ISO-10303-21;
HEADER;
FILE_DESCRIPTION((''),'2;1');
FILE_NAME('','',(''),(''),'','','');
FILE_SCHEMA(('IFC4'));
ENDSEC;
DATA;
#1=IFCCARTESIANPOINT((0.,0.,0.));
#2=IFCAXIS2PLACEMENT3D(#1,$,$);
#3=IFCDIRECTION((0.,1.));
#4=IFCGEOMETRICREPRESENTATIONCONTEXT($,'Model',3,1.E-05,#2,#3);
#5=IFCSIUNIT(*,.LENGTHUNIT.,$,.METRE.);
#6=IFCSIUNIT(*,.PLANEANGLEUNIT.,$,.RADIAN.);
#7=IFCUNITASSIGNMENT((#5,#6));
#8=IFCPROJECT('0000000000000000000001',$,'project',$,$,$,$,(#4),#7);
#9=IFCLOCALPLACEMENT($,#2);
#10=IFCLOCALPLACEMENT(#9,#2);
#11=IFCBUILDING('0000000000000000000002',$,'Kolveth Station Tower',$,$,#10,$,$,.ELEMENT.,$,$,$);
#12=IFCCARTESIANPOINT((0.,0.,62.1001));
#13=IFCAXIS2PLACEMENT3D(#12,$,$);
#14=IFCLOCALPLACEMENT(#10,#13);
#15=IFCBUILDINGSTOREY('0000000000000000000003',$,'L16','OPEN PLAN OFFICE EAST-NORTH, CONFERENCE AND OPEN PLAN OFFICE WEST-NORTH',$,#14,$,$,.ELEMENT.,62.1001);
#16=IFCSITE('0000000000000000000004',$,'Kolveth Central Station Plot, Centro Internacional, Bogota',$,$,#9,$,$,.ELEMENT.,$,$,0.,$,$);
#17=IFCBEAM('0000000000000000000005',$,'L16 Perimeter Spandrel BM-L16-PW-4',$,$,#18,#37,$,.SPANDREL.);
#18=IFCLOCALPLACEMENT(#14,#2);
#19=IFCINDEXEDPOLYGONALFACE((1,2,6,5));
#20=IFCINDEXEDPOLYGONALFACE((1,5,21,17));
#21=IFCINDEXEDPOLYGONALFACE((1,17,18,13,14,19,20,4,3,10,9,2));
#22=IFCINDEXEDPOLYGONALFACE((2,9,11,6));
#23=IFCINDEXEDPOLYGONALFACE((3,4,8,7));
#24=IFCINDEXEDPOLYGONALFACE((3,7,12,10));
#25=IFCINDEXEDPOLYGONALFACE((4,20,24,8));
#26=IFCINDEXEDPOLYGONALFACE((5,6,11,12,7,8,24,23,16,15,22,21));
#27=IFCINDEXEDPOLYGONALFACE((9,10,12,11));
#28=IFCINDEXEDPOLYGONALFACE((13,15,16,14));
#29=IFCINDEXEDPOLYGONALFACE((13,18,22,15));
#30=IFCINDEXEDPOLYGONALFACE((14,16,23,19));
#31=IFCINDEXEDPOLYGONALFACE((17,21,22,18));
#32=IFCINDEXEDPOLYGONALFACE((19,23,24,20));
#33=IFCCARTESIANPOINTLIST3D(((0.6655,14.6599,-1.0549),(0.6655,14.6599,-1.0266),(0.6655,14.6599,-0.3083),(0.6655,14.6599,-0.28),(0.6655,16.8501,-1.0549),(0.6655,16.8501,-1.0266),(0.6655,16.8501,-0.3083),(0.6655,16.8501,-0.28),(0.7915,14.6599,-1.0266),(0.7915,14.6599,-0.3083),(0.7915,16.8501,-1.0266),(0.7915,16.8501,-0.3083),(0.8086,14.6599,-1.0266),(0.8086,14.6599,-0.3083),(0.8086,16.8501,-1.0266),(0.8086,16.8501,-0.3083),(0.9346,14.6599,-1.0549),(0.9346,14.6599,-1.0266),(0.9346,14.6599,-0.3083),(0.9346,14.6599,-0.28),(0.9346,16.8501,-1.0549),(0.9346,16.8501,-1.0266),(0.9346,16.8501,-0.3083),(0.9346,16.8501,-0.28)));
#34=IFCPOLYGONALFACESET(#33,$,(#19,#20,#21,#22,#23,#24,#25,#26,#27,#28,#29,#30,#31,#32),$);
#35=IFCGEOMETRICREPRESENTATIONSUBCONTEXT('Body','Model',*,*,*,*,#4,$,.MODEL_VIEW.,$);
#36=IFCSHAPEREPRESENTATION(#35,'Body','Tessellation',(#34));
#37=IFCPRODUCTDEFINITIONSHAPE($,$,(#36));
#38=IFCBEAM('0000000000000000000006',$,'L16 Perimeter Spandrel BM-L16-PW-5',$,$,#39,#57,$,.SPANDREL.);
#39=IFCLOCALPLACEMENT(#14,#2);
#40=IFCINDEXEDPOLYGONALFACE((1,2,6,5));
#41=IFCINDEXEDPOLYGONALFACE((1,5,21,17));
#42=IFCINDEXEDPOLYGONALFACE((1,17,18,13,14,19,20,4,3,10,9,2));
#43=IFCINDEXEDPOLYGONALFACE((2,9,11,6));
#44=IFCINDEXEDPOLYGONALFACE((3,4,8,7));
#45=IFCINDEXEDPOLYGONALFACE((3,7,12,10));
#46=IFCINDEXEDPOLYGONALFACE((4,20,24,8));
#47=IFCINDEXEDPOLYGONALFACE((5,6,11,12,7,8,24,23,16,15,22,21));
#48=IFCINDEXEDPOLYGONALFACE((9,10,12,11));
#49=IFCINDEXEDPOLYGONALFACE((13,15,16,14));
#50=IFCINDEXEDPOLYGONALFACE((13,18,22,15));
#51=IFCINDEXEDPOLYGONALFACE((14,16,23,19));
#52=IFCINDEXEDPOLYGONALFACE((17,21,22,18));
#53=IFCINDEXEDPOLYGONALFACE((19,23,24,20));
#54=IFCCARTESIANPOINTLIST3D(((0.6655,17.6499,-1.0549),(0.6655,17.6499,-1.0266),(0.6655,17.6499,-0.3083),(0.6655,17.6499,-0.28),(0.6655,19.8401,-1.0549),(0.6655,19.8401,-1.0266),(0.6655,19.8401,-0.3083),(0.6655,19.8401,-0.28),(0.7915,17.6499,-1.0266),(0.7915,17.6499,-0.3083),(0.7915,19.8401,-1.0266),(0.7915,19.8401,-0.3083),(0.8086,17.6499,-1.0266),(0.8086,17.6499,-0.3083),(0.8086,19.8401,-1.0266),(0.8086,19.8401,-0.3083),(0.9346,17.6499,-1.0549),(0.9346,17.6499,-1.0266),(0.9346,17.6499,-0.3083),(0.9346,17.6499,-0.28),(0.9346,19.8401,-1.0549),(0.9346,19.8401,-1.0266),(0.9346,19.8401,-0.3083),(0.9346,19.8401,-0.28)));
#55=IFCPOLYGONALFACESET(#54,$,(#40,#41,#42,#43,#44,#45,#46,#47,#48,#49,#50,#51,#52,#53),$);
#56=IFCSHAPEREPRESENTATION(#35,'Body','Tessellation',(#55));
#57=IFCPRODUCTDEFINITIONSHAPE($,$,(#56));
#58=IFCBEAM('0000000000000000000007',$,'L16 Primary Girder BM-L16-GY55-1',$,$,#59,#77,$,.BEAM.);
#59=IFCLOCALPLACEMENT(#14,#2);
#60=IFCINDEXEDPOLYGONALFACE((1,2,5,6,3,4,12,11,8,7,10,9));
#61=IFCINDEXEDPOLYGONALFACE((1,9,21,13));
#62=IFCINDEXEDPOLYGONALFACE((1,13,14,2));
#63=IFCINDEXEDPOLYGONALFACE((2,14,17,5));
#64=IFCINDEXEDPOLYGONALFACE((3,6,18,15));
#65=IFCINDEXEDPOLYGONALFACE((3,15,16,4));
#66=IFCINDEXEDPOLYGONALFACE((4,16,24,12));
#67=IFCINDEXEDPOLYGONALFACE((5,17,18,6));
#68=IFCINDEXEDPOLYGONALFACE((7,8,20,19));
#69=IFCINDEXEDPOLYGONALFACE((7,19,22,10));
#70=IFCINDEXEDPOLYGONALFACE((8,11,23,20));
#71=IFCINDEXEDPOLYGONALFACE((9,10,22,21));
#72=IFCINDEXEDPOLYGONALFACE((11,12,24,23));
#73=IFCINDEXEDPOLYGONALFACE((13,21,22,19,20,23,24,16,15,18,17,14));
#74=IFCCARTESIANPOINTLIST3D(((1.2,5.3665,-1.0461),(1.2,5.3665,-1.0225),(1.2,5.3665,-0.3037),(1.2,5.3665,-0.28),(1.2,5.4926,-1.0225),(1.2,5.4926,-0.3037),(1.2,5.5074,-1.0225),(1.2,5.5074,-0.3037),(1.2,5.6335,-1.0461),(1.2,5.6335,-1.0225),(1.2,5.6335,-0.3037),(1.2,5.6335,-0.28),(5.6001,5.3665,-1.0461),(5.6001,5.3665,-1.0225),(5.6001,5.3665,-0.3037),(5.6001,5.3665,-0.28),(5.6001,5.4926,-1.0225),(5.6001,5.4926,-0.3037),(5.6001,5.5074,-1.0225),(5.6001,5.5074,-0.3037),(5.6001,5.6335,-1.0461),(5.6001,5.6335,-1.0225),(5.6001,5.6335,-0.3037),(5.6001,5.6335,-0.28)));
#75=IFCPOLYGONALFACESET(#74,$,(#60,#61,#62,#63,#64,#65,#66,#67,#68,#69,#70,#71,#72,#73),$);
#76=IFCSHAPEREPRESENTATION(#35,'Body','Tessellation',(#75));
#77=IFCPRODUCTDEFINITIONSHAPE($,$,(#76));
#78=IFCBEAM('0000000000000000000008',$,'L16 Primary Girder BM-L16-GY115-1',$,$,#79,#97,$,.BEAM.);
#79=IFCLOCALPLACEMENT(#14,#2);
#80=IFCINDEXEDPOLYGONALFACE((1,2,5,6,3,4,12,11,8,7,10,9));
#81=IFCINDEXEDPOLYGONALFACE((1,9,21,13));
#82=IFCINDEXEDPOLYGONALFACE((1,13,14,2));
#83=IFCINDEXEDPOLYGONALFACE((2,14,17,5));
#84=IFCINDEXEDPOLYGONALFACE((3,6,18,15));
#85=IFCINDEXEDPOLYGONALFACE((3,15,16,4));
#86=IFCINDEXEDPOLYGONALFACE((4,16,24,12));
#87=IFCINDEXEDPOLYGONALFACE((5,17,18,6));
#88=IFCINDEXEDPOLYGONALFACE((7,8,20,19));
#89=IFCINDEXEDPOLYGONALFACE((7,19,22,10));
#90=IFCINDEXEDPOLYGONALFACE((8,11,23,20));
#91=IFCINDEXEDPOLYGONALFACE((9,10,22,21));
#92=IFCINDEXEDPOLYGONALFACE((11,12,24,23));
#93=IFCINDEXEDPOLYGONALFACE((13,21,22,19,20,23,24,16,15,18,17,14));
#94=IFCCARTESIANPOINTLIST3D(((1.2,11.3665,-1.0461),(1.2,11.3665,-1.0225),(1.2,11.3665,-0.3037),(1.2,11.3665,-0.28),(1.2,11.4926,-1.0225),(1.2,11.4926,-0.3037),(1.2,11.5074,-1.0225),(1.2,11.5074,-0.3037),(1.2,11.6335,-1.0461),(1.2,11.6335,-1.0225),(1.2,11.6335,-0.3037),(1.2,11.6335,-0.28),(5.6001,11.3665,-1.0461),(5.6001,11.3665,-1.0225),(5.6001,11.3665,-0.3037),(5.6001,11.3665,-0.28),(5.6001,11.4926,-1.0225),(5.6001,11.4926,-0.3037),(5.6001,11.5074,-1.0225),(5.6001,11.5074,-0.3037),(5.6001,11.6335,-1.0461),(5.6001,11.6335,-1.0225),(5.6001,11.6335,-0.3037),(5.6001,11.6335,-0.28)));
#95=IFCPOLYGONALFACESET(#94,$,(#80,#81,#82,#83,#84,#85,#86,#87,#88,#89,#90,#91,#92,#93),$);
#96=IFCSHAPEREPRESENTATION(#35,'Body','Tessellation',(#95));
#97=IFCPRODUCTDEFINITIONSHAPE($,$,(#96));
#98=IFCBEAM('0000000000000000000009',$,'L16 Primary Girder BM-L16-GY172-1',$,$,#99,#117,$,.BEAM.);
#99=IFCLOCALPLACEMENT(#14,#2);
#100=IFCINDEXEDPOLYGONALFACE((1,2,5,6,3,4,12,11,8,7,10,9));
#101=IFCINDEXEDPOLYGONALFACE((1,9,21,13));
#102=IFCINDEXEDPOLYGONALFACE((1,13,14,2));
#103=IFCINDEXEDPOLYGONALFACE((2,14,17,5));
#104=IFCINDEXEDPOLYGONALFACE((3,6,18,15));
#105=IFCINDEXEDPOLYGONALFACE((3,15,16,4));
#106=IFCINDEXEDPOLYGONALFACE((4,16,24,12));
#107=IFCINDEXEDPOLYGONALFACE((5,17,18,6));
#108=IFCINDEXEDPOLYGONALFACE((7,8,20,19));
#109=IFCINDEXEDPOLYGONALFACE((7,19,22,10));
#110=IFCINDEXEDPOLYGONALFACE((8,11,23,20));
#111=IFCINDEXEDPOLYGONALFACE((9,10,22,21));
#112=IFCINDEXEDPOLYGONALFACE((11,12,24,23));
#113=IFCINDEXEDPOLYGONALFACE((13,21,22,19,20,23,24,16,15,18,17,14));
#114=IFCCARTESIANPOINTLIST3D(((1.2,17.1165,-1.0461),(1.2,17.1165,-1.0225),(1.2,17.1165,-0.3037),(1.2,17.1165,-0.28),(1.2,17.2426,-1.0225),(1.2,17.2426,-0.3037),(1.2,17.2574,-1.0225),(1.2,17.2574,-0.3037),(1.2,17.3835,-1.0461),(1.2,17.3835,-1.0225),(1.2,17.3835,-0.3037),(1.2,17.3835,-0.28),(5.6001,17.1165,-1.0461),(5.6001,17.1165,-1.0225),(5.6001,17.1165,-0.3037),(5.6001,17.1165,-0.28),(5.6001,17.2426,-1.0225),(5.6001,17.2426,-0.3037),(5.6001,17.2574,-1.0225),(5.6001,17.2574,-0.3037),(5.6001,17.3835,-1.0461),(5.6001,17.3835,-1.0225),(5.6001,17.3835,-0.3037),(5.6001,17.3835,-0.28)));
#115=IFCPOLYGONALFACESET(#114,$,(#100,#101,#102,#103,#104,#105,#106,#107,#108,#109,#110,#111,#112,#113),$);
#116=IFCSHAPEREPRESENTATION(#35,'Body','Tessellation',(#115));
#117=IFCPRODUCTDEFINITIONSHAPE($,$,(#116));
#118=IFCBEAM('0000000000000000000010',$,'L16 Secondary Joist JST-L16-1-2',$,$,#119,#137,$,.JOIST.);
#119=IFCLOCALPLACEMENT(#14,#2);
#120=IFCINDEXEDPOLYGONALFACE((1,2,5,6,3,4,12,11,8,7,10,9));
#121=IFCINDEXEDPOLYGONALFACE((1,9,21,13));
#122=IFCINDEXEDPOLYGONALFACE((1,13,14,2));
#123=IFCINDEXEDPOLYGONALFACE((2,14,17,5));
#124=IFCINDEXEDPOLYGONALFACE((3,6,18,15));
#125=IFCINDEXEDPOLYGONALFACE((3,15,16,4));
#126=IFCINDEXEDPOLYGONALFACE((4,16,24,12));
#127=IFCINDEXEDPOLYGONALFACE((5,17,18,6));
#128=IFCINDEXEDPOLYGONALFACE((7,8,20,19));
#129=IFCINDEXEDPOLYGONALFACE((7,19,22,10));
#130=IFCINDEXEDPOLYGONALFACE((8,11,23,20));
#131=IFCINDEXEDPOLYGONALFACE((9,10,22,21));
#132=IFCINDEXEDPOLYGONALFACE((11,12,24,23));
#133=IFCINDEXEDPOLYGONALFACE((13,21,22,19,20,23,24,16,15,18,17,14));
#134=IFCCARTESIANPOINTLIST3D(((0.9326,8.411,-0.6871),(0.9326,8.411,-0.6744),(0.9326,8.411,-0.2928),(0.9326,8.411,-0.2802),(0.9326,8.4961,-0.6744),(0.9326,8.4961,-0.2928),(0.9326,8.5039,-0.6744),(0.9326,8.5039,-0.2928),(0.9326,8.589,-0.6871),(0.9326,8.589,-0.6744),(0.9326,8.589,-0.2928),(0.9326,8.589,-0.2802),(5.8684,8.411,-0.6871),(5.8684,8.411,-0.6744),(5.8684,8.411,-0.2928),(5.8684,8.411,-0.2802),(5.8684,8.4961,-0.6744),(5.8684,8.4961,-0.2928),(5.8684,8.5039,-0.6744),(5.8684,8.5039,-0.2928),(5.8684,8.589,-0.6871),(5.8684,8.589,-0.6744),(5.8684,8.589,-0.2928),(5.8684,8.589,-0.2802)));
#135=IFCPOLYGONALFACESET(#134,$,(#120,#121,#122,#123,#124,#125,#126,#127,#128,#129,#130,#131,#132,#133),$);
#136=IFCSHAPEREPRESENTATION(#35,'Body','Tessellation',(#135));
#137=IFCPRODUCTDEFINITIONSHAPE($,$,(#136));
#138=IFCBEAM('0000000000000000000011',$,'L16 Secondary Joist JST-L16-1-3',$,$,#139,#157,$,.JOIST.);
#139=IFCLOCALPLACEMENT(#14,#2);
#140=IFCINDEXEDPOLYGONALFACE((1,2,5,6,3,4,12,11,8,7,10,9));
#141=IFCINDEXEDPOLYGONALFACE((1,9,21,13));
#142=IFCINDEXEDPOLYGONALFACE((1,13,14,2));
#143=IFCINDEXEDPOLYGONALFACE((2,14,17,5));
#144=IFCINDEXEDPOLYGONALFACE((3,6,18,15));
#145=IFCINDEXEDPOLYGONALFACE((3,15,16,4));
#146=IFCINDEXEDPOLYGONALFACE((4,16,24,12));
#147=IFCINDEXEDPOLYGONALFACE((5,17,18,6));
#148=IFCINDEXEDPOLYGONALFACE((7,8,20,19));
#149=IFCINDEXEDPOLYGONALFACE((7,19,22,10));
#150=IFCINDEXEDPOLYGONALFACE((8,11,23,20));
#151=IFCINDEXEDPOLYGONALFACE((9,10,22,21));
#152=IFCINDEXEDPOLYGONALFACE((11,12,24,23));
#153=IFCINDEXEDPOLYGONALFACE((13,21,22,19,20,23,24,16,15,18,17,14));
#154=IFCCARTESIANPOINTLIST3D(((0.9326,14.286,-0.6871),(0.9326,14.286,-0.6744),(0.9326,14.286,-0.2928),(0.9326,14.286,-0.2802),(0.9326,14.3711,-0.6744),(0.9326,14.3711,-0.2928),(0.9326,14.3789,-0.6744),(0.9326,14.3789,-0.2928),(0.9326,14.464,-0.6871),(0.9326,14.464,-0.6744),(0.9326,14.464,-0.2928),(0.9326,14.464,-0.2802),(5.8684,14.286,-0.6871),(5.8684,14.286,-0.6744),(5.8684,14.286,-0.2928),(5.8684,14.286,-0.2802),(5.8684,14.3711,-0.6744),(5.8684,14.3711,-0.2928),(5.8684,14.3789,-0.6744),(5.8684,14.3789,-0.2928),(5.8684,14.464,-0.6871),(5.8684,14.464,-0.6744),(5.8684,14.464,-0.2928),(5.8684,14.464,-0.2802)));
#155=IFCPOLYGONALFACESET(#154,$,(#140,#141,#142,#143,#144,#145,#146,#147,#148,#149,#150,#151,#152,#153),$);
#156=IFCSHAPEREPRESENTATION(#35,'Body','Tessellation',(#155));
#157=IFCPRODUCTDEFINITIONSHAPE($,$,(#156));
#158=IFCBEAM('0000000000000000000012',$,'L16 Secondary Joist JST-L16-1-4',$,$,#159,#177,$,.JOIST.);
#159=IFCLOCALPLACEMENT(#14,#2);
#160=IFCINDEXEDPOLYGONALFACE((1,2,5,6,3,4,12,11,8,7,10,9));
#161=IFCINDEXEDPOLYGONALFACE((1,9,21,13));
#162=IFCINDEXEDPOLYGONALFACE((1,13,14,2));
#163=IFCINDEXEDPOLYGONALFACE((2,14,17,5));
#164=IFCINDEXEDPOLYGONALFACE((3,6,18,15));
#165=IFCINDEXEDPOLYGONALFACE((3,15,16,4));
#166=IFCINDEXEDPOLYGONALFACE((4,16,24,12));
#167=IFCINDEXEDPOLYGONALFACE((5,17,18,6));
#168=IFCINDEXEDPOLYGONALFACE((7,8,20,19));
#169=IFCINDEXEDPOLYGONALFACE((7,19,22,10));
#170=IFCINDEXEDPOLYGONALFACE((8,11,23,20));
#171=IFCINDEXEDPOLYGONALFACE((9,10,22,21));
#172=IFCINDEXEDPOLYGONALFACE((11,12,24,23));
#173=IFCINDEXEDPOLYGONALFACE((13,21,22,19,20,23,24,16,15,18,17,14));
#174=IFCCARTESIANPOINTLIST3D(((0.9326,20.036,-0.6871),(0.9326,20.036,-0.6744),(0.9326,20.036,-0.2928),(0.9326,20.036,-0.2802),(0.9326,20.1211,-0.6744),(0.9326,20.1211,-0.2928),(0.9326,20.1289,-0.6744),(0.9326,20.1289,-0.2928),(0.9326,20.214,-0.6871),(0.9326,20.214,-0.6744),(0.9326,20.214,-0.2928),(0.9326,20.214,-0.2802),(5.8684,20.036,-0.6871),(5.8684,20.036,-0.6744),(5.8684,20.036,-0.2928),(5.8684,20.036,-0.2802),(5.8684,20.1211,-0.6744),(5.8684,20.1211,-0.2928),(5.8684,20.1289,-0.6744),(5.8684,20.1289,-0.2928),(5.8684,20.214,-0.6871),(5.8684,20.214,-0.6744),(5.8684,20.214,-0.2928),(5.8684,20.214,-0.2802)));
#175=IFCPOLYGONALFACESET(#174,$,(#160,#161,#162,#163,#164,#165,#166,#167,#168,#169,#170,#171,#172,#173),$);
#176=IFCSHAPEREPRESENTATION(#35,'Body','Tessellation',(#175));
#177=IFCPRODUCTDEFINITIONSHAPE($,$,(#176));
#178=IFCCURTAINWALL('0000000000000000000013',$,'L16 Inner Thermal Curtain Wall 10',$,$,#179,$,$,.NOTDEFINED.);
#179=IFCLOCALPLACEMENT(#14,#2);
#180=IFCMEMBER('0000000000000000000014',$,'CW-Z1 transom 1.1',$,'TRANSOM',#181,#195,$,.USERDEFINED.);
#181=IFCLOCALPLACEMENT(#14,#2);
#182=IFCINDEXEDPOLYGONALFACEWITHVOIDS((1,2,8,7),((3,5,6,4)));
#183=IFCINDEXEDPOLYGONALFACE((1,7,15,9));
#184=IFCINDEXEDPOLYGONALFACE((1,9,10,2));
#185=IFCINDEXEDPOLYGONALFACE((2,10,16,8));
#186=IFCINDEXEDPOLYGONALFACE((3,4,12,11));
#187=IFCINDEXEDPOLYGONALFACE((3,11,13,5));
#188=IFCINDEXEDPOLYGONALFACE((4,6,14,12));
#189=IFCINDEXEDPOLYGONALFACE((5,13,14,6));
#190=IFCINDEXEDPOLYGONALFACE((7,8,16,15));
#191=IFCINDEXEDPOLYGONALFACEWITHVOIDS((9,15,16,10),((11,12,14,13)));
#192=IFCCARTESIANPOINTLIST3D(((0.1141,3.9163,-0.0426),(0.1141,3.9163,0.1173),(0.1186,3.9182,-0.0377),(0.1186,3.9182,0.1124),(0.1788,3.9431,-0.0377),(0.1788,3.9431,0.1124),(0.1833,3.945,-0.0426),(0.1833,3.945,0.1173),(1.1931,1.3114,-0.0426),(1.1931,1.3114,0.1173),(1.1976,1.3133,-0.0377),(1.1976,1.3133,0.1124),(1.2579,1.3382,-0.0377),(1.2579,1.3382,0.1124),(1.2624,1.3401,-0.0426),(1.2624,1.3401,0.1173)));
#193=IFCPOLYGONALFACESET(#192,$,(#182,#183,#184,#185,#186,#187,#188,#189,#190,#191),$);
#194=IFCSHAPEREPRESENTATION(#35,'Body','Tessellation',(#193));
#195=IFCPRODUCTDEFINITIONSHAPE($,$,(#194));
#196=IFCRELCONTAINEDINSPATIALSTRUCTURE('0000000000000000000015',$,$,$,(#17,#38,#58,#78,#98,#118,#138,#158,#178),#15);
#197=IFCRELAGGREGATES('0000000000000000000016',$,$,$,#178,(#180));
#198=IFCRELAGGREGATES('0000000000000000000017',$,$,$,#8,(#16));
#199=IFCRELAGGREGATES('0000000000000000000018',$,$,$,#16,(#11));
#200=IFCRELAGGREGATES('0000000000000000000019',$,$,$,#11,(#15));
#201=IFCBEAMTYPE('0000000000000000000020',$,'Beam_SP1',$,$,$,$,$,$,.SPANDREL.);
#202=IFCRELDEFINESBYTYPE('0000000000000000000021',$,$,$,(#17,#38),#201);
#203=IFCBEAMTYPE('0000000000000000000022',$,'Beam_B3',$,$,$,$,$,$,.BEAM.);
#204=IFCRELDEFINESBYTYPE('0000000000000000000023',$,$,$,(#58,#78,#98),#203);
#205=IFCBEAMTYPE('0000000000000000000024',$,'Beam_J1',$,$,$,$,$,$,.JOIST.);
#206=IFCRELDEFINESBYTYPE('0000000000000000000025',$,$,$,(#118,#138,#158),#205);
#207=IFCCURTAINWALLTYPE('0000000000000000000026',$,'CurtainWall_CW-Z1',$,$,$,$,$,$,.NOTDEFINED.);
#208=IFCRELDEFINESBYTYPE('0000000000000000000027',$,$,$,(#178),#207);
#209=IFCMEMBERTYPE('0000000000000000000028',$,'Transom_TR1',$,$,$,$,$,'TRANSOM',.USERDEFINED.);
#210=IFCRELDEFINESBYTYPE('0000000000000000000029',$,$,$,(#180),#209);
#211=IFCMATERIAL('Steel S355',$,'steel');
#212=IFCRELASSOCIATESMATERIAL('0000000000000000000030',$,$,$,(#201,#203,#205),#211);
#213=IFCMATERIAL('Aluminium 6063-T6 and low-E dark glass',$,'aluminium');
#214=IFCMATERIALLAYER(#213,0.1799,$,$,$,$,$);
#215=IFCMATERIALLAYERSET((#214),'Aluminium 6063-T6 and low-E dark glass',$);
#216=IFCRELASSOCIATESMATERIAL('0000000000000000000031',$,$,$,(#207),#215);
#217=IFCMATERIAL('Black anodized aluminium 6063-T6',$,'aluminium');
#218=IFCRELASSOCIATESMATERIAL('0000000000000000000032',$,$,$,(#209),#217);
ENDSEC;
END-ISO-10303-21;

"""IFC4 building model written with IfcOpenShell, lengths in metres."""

from ifc_helpers import new_model, si_unit, direction, frame, origin, origin_2d, place, context, subcontext, project, spatial, hollow_rectangle, i_section, extrude, source, transform, mapped, material, layer, layer_set, material_profile, profile_set, type_object, element, aggregate, save


model = new_model("IFC4")

# Units and contexts
model_context = context("Model", 3, precision=1e-05, world=origin(), true_north=direction((0.0, 1.0)))
body_context = subcontext(model_context, "Body", "Model", "MODEL_VIEW")
ifc_project = project(units=[si_unit("LENGTHUNIT", "METRE"), si_unit("PLANEANGLEUNIT", "RADIAN")], contexts=[model_context])

# Site, building, storey
site_placement = place(None, origin())
site = spatial("IfcSite", under=ifc_project, at=site_placement, Name="Kolveth Central Station Plot, Centro Internacional, Bogota", CompositionType="ELEMENT", RefElevation=0.0)
building_placement = place(site_placement, origin())
building = spatial("IfcBuilding", under=site, at=building_placement, Name="Kolveth Station Tower", CompositionType="ELEMENT")
storey_placement = place(building_placement, frame((0.0, 0.0, 62.1001)))
storey = spatial("IfcBuildingStorey", under=building, at=storey_placement, Name="L16", Description="OPEN PLAN OFFICE EAST-NORTH, CONFERENCE AND OPEN PLAN OFFICE WEST-NORTH", CompositionType="ELEMENT", Elevation=62.1001)

# Shared definitions
ifc_material_1 = material(Name="Steel S355", Category="steel")

# Beams
ifc_material_profile_1 = material_profile(ifc_material_1, i_section(OverallWidth=0.269, OverallDepth=0.7749, WebThickness=0.0171, FlangeThickness=0.0283, at=origin_2d()), Name="W760x220")
ifc_profile_set_1 = profile_set([ifc_material_profile_1], Name="Steel S355")
beam_type_1 = type_object("IfcBeamType", Name="Beam_SP1", PredefinedType="SPANDREL", material=ifc_profile_set_1)
shared_shape_1 = source(origin(), body_context, "Body", "SweptSolid", [
    extrude(i_section(OverallWidth=0.269, OverallDepth=0.7749, WebThickness=0.0171, FlangeThickness=0.0283, at=origin_2d()), origin(), (0.0, 0.0, 1.0), 2.1902),
])
for number, where, z_axis, x_axis, name in (
    (1, (0.8, 14.6599, -0.6675), (0.0, 1.0, 0.0), (-1.0, 0.0, 0.0), "L16 Perimeter Spandrel BM-L16-PW-4"),
    (2, (0.8, 17.6499, -0.6675), (0.0, 1.0, 0.0), (-1.0, 0.0, 0.0), "L16 Perimeter Spandrel BM-L16-PW-5"),
):
    element("IfcBeam", number, at=place(storey_placement, frame(where, z_axis=z_axis, x_axis=x_axis)), inside=storey, type_object=beam_type_1, Name=name, PredefinedType="SPANDREL", context=body_context, shape_type="MappedRepresentation", body=[
        mapped(shared_shape_1, transform((0.0, 0.0, 0.0), x_axis=(1.0, 0.0, 0.0), y_axis=(0.0, 1.0, 0.0), z_axis=(0.0, 0.0, 1.0), scale=1.0)),
    ])
ifc_material_profile_2 = material_profile(ifc_material_1, i_section(OverallWidth=0.2671, OverallDepth=0.7661, WebThickness=0.0149, FlangeThickness=0.0237, at=origin_2d()), Name="W760x185")
ifc_profile_set_2 = profile_set([ifc_material_profile_2], Name="Steel S355")
beam_type_2 = type_object("IfcBeamType", Name="Beam_B3", PredefinedType="BEAM", material=ifc_profile_set_2)
shared_shape_2 = source(origin(), body_context, "Body", "SweptSolid", [
    extrude(i_section(OverallWidth=0.2671, OverallDepth=0.7661, WebThickness=0.0149, FlangeThickness=0.0237, at=origin_2d()), origin(), (0.0, 0.0, 1.0), 4.4001),
])
for number, where, z_axis, x_axis, name in (
    (3, (1.2, 5.5, -0.6631), (1.0, 0.0, 0.0), (0.0, 1.0, 0.0), "L16 Primary Girder BM-L16-GY55-1"),
    (4, (1.2, 11.5, -0.6631), (1.0, 0.0, 0.0), (0.0, 1.0, 0.0), "L16 Primary Girder BM-L16-GY115-1"),
    (5, (1.2, 17.25, -0.6631), (1.0, 0.0, 0.0), (0.0, 1.0, 0.0), "L16 Primary Girder BM-L16-GY172-1"),
):
    element("IfcBeam", number, at=place(storey_placement, frame(where, z_axis=z_axis, x_axis=x_axis)), inside=storey, type_object=beam_type_2, Name=name, PredefinedType="BEAM", context=body_context, shape_type="MappedRepresentation", body=[
        mapped(shared_shape_2, transform((0.0, 0.0, 0.0), x_axis=(1.0, 0.0, 0.0), y_axis=(0.0, 1.0, 0.0), z_axis=(0.0, 0.0, 1.0), scale=1.0)),
    ])
ifc_material_profile_3 = material_profile(ifc_material_1, i_section(OverallWidth=0.178, OverallDepth=0.407, WebThickness=0.0078, FlangeThickness=0.0127, at=origin_2d()), Name="W410x60")
ifc_profile_set_3 = profile_set([ifc_material_profile_3], Name="Steel S355")
beam_type_3 = type_object("IfcBeamType", Name="Beam_J1", PredefinedType="JOIST", material=ifc_profile_set_3)
shared_shape_3 = source(origin(), body_context, "Body", "SweptSolid", [
    extrude(i_section(OverallWidth=0.178, OverallDepth=0.407, WebThickness=0.0078, FlangeThickness=0.0127, at=origin_2d()), origin(), (0.0, 0.0, 1.0), 4.9358),
])
for number, where, z_axis, x_axis, name in (
    (6, (0.9326, 8.5, -0.4836), (1.0, 0.0, 0.0), (0.0, 1.0, 0.0), "L16 Secondary Joist JST-L16-1-2"),
    (7, (0.9326, 14.375, -0.4836), (1.0, 0.0, 0.0), (0.0, 1.0, 0.0), "L16 Secondary Joist JST-L16-1-3"),
    (8, (0.9326, 20.125, -0.4836), (1.0, 0.0, 0.0), (0.0, 1.0, 0.0), "L16 Secondary Joist JST-L16-1-4"),
):
    element("IfcBeam", number, at=place(storey_placement, frame(where, z_axis=z_axis, x_axis=x_axis)), inside=storey, type_object=beam_type_3, Name=name, PredefinedType="JOIST", context=body_context, shape_type="MappedRepresentation", body=[
        mapped(shared_shape_3, transform((0.0, 0.0, 0.0), x_axis=(1.0, 0.0, 0.0), y_axis=(0.0, 1.0, 0.0), z_axis=(0.0, 0.0, 1.0), scale=1.0)),
    ])

# Curtain wall, member
ifc_material_2 = material(Name="Aluminium 6063-T6 and low-E dark glass", Category="aluminium")
ifc_layer_1 = layer(ifc_material_2, 0.1799)
ifc_layer_set_1 = layer_set([ifc_layer_1], Name="Aluminium 6063-T6 and low-E dark glass")
curtain_wall_type_1 = type_object("IfcCurtainWallType", Name="CurtainWall_CW-Z1", PredefinedType="NOTDEFINED", material=ifc_layer_set_1)
curtain_wall_1_placement = place(storey_placement, origin())
curtain_wall_1 = element("IfcCurtainWall", 9, at=curtain_wall_1_placement, inside=storey, type_object=curtain_wall_type_1, Name="L16 Inner Thermal Curtain Wall 10", PredefinedType="NOTDEFINED")
ifc_material_3 = material(Name="Black anodized aluminium 6063-T6", Category="aluminium")
ifc_material_profile_4 = material_profile(ifc_material_3, hollow_rectangle(XDim=0.075, YDim=0.1599, WallThickness=0.0049, at=origin_2d()), Name="ALU-75x160x5")
ifc_profile_set_4 = profile_set([ifc_material_profile_4], Name="Black anodized aluminium 6063-T6")
member_type_1 = type_object("IfcMemberType", Name="Transom_TR1", ElementType="TRANSOM", PredefinedType="USERDEFINED", material=ifc_profile_set_4)
shared_shape_4 = source(origin(), body_context, "Body", "SweptSolid", [
    extrude(hollow_rectangle(XDim=0.075, YDim=0.1599, WallThickness=0.0049, at=origin_2d()), origin(), (0.0, 0.0, 1.0), 2.8196),
])
member_1_placement = place(storey_placement, frame((0.1487, 3.9307, 0.0374), z_axis=(0.382709, -0.923869, 0.0), x_axis=(0.923869, 0.382709, 0.0)))
member_1 = element("IfcMember", 10, at=member_1_placement, type_object=member_type_1, Name="CW-Z1 transom 1.1", ObjectType="TRANSOM", PredefinedType="USERDEFINED", context=body_context, shape_type="MappedRepresentation", body=[
    mapped(shared_shape_4, transform((0.0, 0.0, 0.0), x_axis=(1.0, 0.0, 0.0), y_axis=(0.0, 1.0, 0.0), z_axis=(0.0, 0.0, 1.0), scale=1.0)),
])

aggregate(curtain_wall_1, [member_1])

save(model, "model.ifc")
